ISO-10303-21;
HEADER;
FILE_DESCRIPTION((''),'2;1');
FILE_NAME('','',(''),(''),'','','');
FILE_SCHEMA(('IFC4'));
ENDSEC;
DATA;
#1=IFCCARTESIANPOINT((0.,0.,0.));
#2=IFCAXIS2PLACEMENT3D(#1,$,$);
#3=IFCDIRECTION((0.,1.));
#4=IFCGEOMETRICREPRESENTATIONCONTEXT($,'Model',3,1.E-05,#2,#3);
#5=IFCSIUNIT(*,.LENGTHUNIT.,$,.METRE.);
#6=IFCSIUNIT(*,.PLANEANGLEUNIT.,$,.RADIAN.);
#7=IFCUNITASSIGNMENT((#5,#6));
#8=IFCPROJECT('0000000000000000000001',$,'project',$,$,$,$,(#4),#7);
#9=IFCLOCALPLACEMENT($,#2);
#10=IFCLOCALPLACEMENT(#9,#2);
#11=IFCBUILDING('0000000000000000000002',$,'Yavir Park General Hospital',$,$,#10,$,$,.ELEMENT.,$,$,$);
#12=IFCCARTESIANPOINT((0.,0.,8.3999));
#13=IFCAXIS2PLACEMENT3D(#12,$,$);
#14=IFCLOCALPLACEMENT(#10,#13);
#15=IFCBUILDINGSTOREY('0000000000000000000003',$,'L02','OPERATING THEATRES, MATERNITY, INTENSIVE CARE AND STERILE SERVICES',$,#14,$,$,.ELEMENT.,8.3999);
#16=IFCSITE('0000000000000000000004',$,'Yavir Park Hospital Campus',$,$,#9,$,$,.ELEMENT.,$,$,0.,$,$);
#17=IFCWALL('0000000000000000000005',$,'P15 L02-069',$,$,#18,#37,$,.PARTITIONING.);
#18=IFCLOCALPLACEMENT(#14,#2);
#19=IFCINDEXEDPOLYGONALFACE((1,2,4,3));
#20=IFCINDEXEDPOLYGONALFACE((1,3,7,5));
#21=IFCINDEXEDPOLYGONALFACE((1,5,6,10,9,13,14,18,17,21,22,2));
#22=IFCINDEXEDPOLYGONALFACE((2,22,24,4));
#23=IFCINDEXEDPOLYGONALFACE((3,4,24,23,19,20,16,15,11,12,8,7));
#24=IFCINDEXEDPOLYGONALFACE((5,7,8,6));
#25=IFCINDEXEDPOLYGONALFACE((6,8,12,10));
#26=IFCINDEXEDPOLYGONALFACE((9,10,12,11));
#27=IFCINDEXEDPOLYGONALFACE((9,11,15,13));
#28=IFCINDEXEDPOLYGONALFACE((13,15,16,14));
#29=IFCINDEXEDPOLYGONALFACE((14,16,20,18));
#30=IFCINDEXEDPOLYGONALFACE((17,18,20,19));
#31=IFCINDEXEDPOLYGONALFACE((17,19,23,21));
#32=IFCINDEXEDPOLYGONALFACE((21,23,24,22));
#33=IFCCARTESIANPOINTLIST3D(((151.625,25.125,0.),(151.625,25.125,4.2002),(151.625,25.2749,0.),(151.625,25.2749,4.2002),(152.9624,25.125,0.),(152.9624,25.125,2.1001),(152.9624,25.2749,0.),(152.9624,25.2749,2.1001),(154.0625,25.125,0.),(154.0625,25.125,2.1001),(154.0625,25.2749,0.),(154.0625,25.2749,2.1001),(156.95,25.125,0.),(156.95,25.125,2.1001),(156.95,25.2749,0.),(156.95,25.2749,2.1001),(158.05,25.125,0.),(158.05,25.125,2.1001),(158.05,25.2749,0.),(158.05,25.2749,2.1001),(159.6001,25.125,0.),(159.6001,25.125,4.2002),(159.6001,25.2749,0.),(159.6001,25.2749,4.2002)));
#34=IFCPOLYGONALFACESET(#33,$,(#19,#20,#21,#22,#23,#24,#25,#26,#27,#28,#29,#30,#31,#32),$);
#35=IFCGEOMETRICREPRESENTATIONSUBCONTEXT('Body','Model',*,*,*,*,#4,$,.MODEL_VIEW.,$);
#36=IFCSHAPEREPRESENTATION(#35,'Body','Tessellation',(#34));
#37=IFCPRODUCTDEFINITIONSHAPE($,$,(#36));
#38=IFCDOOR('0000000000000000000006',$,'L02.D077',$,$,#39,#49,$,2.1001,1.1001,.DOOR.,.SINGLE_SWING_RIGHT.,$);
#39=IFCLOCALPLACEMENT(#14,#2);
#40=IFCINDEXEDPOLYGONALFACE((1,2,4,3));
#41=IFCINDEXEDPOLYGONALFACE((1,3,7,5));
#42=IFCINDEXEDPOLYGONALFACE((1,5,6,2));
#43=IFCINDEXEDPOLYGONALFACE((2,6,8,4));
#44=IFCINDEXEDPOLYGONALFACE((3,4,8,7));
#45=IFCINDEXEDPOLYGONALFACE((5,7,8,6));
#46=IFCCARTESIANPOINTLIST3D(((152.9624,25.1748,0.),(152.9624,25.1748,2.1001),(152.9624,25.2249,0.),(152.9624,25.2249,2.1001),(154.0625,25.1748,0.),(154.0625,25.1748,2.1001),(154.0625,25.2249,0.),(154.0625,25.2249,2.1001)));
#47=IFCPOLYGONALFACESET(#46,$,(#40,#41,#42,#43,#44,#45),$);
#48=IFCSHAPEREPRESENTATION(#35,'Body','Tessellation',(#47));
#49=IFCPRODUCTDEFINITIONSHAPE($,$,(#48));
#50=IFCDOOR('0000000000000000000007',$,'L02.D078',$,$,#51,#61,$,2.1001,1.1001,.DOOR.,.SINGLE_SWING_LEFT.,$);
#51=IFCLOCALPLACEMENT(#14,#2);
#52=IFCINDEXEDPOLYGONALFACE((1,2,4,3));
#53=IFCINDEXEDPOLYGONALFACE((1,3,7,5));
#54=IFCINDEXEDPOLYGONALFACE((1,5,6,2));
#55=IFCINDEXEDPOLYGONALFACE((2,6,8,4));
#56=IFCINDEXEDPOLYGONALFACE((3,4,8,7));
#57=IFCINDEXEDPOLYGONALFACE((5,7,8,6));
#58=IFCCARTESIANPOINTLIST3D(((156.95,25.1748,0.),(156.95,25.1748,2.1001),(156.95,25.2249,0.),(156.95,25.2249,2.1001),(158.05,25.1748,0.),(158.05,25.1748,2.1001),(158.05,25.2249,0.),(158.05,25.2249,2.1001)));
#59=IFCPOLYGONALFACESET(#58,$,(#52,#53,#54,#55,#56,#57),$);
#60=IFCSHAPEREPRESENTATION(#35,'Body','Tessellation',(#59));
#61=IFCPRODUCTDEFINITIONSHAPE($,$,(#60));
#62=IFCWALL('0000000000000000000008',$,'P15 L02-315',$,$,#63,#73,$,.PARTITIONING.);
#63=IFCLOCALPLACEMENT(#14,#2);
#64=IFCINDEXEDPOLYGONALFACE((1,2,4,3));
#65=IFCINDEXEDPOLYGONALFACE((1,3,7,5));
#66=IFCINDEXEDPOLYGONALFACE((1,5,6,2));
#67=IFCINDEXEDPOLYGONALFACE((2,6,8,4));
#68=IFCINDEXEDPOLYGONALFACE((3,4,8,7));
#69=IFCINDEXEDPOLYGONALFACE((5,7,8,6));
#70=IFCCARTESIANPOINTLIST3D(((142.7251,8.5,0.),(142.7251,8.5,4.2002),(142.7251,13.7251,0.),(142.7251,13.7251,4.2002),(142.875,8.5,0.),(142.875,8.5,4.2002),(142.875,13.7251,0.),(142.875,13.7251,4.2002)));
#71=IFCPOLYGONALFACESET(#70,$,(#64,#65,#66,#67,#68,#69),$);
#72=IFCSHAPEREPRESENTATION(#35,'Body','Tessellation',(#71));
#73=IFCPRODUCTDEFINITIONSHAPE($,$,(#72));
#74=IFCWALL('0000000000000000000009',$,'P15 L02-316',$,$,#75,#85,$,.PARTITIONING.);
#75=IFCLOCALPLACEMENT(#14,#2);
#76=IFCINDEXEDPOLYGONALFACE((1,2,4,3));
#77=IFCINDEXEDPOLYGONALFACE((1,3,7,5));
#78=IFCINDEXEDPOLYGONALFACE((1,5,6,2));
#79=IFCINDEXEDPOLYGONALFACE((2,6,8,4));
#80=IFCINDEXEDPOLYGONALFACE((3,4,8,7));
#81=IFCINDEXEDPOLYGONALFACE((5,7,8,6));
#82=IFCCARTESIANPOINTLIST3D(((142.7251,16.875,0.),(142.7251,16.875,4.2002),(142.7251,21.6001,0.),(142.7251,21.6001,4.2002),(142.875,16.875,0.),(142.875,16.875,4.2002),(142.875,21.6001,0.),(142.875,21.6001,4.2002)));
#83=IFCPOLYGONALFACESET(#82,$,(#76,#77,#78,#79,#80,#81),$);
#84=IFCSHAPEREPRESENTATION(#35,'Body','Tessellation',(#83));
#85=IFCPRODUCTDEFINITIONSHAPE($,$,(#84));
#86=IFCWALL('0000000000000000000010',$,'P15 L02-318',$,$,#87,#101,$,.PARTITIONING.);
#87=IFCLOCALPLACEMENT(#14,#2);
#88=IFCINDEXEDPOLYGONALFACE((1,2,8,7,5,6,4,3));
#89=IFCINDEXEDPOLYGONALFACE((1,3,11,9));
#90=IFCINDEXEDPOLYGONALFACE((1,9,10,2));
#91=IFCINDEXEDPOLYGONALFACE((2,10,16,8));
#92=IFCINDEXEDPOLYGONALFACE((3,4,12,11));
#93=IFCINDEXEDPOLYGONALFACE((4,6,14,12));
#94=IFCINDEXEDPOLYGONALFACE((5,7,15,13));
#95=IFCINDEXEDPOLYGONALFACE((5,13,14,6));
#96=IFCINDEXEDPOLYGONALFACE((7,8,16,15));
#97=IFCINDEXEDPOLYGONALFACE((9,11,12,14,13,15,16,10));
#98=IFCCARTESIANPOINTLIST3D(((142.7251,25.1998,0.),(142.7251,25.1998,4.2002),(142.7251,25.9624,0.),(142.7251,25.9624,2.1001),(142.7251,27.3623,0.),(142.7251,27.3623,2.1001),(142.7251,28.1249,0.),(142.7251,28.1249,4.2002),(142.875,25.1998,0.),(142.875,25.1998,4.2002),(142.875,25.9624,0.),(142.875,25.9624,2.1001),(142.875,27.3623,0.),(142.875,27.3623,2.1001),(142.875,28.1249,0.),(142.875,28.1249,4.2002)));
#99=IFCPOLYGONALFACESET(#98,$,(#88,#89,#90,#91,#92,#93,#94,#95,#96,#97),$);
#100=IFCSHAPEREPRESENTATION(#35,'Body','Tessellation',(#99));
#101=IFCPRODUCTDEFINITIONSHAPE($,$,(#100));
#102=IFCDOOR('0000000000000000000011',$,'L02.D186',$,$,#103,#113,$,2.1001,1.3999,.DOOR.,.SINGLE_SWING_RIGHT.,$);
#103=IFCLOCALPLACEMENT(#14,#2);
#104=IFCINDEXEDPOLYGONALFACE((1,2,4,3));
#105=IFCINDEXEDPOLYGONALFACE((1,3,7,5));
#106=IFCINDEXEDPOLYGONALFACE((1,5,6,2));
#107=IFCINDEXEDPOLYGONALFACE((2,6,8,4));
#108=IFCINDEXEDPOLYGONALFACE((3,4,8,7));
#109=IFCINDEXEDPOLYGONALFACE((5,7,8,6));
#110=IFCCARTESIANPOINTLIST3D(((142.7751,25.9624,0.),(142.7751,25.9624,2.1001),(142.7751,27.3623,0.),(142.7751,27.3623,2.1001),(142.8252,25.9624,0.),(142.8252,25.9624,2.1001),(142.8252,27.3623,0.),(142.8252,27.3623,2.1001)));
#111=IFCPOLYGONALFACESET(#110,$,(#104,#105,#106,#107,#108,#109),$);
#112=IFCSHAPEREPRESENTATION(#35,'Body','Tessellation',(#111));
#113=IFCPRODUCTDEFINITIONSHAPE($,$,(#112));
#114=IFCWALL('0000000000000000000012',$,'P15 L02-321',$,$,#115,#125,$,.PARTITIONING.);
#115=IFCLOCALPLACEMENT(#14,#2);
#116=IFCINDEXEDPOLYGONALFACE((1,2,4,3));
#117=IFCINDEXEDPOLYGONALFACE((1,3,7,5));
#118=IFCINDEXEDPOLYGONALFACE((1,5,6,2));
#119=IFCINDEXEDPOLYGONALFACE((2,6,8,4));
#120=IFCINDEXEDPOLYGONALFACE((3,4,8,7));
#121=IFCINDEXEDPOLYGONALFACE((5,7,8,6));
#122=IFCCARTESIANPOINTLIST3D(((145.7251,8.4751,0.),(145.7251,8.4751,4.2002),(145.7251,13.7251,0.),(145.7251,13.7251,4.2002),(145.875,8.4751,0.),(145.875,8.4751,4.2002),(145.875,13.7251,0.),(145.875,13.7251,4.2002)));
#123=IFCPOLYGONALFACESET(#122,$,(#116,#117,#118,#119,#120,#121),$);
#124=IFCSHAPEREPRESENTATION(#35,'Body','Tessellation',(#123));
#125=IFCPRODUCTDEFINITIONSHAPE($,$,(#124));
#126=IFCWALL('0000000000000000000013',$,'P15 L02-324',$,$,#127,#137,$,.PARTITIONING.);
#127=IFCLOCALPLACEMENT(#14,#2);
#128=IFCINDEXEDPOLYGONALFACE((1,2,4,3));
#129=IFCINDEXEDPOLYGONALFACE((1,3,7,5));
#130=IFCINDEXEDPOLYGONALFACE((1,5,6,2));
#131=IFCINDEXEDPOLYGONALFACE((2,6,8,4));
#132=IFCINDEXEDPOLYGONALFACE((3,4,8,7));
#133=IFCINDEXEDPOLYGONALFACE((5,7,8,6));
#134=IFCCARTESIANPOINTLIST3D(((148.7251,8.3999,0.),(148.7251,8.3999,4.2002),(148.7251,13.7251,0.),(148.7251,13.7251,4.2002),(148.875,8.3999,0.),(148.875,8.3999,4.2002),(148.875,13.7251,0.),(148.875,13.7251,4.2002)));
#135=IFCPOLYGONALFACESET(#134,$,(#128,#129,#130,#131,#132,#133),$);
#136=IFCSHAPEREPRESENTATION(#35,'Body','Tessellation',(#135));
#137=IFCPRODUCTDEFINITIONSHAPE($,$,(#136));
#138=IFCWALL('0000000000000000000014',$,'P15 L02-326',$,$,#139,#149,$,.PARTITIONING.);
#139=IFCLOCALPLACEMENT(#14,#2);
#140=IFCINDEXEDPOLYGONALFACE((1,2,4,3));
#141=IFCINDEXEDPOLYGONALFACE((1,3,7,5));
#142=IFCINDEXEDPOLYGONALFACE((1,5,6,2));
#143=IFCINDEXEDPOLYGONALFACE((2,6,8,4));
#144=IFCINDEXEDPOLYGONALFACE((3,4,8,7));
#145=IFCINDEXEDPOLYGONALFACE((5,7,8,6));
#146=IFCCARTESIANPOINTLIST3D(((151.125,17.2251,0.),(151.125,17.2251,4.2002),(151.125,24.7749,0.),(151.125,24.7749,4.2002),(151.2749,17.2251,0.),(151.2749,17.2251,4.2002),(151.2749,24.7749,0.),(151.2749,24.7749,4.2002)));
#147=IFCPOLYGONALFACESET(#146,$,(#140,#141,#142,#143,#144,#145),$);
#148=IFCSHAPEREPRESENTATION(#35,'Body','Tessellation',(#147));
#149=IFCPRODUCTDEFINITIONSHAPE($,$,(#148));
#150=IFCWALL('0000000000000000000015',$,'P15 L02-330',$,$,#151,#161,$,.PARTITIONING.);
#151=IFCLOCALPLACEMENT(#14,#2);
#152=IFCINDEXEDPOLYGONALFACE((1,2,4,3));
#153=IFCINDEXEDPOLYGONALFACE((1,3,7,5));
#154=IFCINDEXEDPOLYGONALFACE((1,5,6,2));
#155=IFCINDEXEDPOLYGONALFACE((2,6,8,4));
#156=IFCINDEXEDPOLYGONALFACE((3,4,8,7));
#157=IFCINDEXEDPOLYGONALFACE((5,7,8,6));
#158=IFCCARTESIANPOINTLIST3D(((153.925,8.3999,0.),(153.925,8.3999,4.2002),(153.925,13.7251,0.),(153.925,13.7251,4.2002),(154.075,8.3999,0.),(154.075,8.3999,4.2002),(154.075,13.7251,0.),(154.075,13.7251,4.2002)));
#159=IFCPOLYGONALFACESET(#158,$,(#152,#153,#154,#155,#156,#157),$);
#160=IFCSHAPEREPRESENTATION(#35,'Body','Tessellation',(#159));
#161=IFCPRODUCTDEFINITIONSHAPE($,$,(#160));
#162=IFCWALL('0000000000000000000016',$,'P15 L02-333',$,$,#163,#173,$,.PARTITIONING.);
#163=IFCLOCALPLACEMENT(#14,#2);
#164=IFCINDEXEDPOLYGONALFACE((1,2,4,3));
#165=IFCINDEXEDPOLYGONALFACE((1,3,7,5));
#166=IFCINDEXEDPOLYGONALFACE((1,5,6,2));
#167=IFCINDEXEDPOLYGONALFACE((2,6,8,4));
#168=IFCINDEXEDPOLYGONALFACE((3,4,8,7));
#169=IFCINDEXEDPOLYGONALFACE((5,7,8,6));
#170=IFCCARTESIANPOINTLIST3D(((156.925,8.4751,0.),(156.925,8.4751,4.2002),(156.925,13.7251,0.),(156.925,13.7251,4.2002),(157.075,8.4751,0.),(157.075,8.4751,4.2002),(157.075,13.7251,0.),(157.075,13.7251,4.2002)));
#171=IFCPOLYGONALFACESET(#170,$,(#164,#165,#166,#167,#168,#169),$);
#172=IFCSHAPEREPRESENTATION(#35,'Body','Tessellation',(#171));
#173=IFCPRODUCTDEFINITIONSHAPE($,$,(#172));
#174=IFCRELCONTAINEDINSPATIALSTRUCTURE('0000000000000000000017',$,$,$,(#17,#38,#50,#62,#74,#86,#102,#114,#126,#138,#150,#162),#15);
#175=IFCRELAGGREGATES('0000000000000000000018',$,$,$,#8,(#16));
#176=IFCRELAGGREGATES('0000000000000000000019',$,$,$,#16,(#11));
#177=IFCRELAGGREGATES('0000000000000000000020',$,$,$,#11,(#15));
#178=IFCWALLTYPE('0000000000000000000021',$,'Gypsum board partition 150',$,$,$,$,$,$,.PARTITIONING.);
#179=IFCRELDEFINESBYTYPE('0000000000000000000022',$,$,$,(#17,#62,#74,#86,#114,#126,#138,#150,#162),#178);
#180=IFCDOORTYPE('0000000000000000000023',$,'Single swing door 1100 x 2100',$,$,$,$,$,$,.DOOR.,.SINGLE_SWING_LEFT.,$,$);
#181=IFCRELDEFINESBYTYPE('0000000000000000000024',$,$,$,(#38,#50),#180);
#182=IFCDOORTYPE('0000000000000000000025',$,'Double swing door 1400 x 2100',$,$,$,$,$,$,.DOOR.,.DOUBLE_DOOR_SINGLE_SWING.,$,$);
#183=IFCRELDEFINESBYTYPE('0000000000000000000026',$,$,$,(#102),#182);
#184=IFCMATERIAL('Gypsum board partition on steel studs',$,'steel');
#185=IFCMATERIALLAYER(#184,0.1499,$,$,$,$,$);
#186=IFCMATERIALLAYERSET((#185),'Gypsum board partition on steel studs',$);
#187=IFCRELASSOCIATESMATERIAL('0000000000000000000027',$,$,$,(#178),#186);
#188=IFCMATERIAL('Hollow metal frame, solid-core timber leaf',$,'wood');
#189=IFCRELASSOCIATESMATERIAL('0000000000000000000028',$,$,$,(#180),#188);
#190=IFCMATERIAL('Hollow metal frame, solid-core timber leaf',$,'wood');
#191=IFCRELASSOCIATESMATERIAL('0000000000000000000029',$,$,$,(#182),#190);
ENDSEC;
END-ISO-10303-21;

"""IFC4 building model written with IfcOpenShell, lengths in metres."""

from ifc_helpers import new_model, si_unit, direction, frame, frame_2d, origin, place, context, subcontext, project, spatial, rectangle, extrude, material, layer, layer_set, type_object, element, fill, save


model = new_model("IFC4")

# Units and contexts
model_context = context("Model", 3, precision=1e-05, world=origin(), true_north=direction((0.0, 1.0)))
body_context = subcontext(model_context, "Body", "Model", "MODEL_VIEW")
ifc_project = project(units=[si_unit("LENGTHUNIT", "METRE"), si_unit("PLANEANGLEUNIT", "RADIAN")], contexts=[model_context])

# Site, building, storey
site_placement = place(None, origin())
site = spatial("IfcSite", under=ifc_project, at=site_placement, Name="Yavir Park Hospital Campus", CompositionType="ELEMENT", RefElevation=0.0)
building_placement = place(site_placement, origin())
building = spatial("IfcBuilding", under=site, at=building_placement, Name="Yavir Park General Hospital", CompositionType="ELEMENT")
storey_placement = place(building_placement, frame((0.0, 0.0, 8.3999)))
storey = spatial("IfcBuildingStorey", under=building, at=storey_placement, Name="L02", Description="OPERATING THEATRES, MATERNITY, INTENSIVE CARE AND STERILE SERVICES", CompositionType="ELEMENT", Elevation=8.3999)

# Shared definitions
ifc_material_1 = material(Name="Gypsum board partition on steel studs", Category="steel")
ifc_layer_1 = layer(ifc_material_1, 0.1499)
ifc_layer_set_1 = layer_set([ifc_layer_1], Name="Gypsum board partition on steel studs")
wall_type_1 = type_object("IfcWallType", Name="Gypsum board partition 150", PredefinedType="PARTITIONING", material=ifc_layer_set_1)
ifc_material_2 = material(Name="Hollow metal frame, solid-core timber leaf", Category="wood")
door_type_1 = type_object("IfcDoorType", Name="Single swing door 1100 x 2100", OperationType="SINGLE_SWING_LEFT", PredefinedType="DOOR", material=ifc_material_2)

# Wall, openings, doors
wall_1_placement = place(storey_placement, frame((151.625, 25.2, 0.0), z_axis=(0.0, 0.0, 1.0), x_axis=(1.0, 0.0, 0.0)))
wall_1 = element("IfcWall", 1, at=wall_1_placement, inside=storey, type_object=wall_type_1, Name="P15 L02-069", PredefinedType="PARTITIONING", context=body_context, shape_type="SweptSolid", body=[
    extrude(rectangle(XDim=7.9751, YDim=0.1499, at=frame_2d((3.9875, 0.0))), origin(), (0.0, 0.0, 1.0), 4.2002),
])
opening_1_placement = place(wall_1_placement, frame((1.3374, 0.0, 0.0)))
opening_1 = element("IfcOpeningElement", 2, at=opening_1_placement, cuts=wall_1, PredefinedType="OPENING", context=body_context, shape_type="SweptSolid", body=[
    extrude(rectangle(XDim=1.1001, YDim=2.1001, at=frame_2d((0.55, 1.05))), frame((0.0, 0.085, 0.0), z_axis=(0.0, -1.0, 0.0), x_axis=(1.0, 0.0, 0.0)), (0.0, 0.0, 1.0), 0.1699),
])
opening_2_placement = place(wall_1_placement, frame((5.325, 0.0, 0.0)))
opening_2 = element("IfcOpeningElement", 3, at=opening_2_placement, cuts=wall_1, PredefinedType="OPENING", context=body_context, shape_type="SweptSolid", body=[
    extrude(rectangle(XDim=1.1001, YDim=2.1001, at=frame_2d((0.55, 1.05))), frame((0.0, 0.085, 0.0), z_axis=(0.0, -1.0, 0.0), x_axis=(1.0, 0.0, 0.0)), (0.0, 0.0, 1.0), 0.1699),
])
door_1_placement = place(opening_1_placement, origin())
door_1 = element("IfcDoor", 4, at=door_1_placement, inside=storey, type_object=door_type_1, Name="L02.D077", OperationType="SINGLE_SWING_RIGHT", OverallHeight=2.1001, OverallWidth=1.1001, PredefinedType="DOOR", context=body_context, shape_type="SweptSolid", body=[
    extrude(rectangle(XDim=1.1001, YDim=2.1001, at=frame_2d((0.55, 1.05))), frame((0.0, 0.0249, 0.0), z_axis=(0.0, -1.0, 0.0), x_axis=(1.0, 0.0, 0.0)), (0.0, 0.0, 1.0), 0.05),
])
fill(opening_1, door_1)
door_2_placement = place(opening_2_placement, origin())
door_2 = element("IfcDoor", 5, at=door_2_placement, inside=storey, type_object=door_type_1, Name="L02.D078", OperationType="SINGLE_SWING_LEFT", OverallHeight=2.1001, OverallWidth=1.1001, PredefinedType="DOOR", context=body_context, shape_type="SweptSolid", body=[
    extrude(rectangle(XDim=1.1001, YDim=2.1001, at=frame_2d((0.55, 1.05))), frame((0.0, 0.0249, 0.0), z_axis=(0.0, -1.0, 0.0), x_axis=(1.0, 0.0, 0.0)), (0.0, 0.0, 1.0), 0.05),
])
fill(opening_2, door_2)

# Walls
wall_2_placement = place(storey_placement, frame((142.8, 8.5, 0.0), z_axis=(0.0, 0.0, 1.0), x_axis=(0.0, 1.0, 0.0)))
element("IfcWall", 6, at=wall_2_placement, inside=storey, type_object=wall_type_1, Name="P15 L02-315", PredefinedType="PARTITIONING", context=body_context, shape_type="SweptSolid", body=[
    extrude(rectangle(XDim=5.2251, YDim=0.1499, at=frame_2d((2.6125, 0.0))), origin(), (0.0, 0.0, 1.0), 4.2002),
])
wall_3_placement = place(storey_placement, frame((142.8, 16.875, 0.0), z_axis=(0.0, 0.0, 1.0), x_axis=(0.0, 1.0, 0.0)))
element("IfcWall", 7, at=wall_3_placement, inside=storey, type_object=wall_type_1, Name="P15 L02-316", PredefinedType="PARTITIONING", context=body_context, shape_type="SweptSolid", body=[
    extrude(rectangle(XDim=4.7251, YDim=0.1499, at=frame_2d((2.3625, 0.0))), origin(), (0.0, 0.0, 1.0), 4.2002),
])

# Wall, opening, door
wall_4_placement = place(storey_placement, frame((142.8, 25.2, 0.0), z_axis=(0.0, 0.0, 1.0), x_axis=(0.0, 1.0, 0.0)))
wall_4 = element("IfcWall", 8, at=wall_4_placement, inside=storey, type_object=wall_type_1, Name="P15 L02-318", PredefinedType="PARTITIONING", context=body_context, shape_type="SweptSolid", body=[
    extrude(rectangle(XDim=2.925, YDim=0.1499, at=frame_2d((1.4624, 0.0))), origin(), (0.0, 0.0, 1.0), 4.2002),
])
opening_3_placement = place(wall_4_placement, frame((0.7625, 0.0, 0.0)))
opening_3 = element("IfcOpeningElement", 9, at=opening_3_placement, cuts=wall_4, PredefinedType="OPENING", context=body_context, shape_type="SweptSolid", body=[
    extrude(rectangle(XDim=1.3999, YDim=2.1001, at=frame_2d((0.7, 1.05))), frame((0.0, 0.085, 0.0), z_axis=(0.0, -1.0, 0.0), x_axis=(1.0, 0.0, 0.0)), (0.0, 0.0, 1.0), 0.1699),
])
ifc_material_3 = material(Name="Hollow metal frame, solid-core timber leaf", Category="wood")
door_type_2 = type_object("IfcDoorType", Name="Double swing door 1400 x 2100", OperationType="DOUBLE_DOOR_SINGLE_SWING", PredefinedType="DOOR", material=ifc_material_3)
door_3_placement = place(opening_3_placement, origin())
door_3 = element("IfcDoor", 10, at=door_3_placement, inside=storey, type_object=door_type_2, Name="L02.D186", OperationType="SINGLE_SWING_RIGHT", OverallHeight=2.1001, OverallWidth=1.3999, PredefinedType="DOOR", context=body_context, shape_type="SweptSolid", body=[
    extrude(rectangle(XDim=1.3999, YDim=2.1001, at=frame_2d((0.7, 1.05))), frame((0.0, 0.0249, 0.0), z_axis=(0.0, -1.0, 0.0), x_axis=(1.0, 0.0, 0.0)), (0.0, 0.0, 1.0), 0.05),
])
fill(opening_3, door_3)

# Walls
wall_5_placement = place(storey_placement, frame((145.8, 8.4751, 0.0), z_axis=(0.0, 0.0, 1.0), x_axis=(0.0, 1.0, 0.0)))
element("IfcWall", 11, at=wall_5_placement, inside=storey, type_object=wall_type_1, Name="P15 L02-321", PredefinedType="PARTITIONING", context=body_context, shape_type="SweptSolid", body=[
    extrude(rectangle(XDim=5.25, YDim=0.1499, at=frame_2d((2.625, 0.0))), origin(), (0.0, 0.0, 1.0), 4.2002),
])
wall_6_placement = place(storey_placement, frame((148.8, 8.3999, 0.0), z_axis=(0.0, 0.0, 1.0), x_axis=(0.0, 1.0, 0.0)))
element("IfcWall", 12, at=wall_6_placement, inside=storey, type_object=wall_type_1, Name="P15 L02-324", PredefinedType="PARTITIONING", context=body_context, shape_type="SweptSolid", body=[
    extrude(rectangle(XDim=5.3252, YDim=0.1499, at=frame_2d((2.6626, 0.0))), origin(), (0.0, 0.0, 1.0), 4.2002),
])
wall_7_placement = place(storey_placement, frame((151.2, 17.2251, 0.0), z_axis=(0.0, 0.0, 1.0), x_axis=(0.0, 1.0, 0.0)))
element("IfcWall", 13, at=wall_7_placement, inside=storey, type_object=wall_type_1, Name="P15 L02-326", PredefinedType="PARTITIONING", context=body_context, shape_type="SweptSolid", body=[
    extrude(rectangle(XDim=7.5498, YDim=0.1499, at=frame_2d((3.7749, 0.0))), origin(), (0.0, 0.0, 1.0), 4.2002),
])
wall_8_placement = place(storey_placement, frame((154.0, 8.3999, 0.0), z_axis=(0.0, 0.0, 1.0), x_axis=(0.0, 1.0, 0.0)))
element("IfcWall", 14, at=wall_8_placement, inside=storey, type_object=wall_type_1, Name="P15 L02-330", PredefinedType="PARTITIONING", context=body_context, shape_type="SweptSolid", body=[
    extrude(rectangle(XDim=5.3252, YDim=0.1499, at=frame_2d((2.6626, 0.0))), origin(), (0.0, 0.0, 1.0), 4.2002),
])
wall_9_placement = place(storey_placement, frame((157.0, 8.4751, 0.0), z_axis=(0.0, 0.0, 1.0), x_axis=(0.0, 1.0, 0.0)))
element("IfcWall", 15, at=wall_9_placement, inside=storey, type_object=wall_type_1, Name="P15 L02-333", PredefinedType="PARTITIONING", context=body_context, shape_type="SweptSolid", body=[
    extrude(rectangle(XDim=5.25, YDim=0.1499, at=frame_2d((2.625, 0.0))), origin(), (0.0, 0.0, 1.0), 4.2002),
])

save(model, "model.ifc")
